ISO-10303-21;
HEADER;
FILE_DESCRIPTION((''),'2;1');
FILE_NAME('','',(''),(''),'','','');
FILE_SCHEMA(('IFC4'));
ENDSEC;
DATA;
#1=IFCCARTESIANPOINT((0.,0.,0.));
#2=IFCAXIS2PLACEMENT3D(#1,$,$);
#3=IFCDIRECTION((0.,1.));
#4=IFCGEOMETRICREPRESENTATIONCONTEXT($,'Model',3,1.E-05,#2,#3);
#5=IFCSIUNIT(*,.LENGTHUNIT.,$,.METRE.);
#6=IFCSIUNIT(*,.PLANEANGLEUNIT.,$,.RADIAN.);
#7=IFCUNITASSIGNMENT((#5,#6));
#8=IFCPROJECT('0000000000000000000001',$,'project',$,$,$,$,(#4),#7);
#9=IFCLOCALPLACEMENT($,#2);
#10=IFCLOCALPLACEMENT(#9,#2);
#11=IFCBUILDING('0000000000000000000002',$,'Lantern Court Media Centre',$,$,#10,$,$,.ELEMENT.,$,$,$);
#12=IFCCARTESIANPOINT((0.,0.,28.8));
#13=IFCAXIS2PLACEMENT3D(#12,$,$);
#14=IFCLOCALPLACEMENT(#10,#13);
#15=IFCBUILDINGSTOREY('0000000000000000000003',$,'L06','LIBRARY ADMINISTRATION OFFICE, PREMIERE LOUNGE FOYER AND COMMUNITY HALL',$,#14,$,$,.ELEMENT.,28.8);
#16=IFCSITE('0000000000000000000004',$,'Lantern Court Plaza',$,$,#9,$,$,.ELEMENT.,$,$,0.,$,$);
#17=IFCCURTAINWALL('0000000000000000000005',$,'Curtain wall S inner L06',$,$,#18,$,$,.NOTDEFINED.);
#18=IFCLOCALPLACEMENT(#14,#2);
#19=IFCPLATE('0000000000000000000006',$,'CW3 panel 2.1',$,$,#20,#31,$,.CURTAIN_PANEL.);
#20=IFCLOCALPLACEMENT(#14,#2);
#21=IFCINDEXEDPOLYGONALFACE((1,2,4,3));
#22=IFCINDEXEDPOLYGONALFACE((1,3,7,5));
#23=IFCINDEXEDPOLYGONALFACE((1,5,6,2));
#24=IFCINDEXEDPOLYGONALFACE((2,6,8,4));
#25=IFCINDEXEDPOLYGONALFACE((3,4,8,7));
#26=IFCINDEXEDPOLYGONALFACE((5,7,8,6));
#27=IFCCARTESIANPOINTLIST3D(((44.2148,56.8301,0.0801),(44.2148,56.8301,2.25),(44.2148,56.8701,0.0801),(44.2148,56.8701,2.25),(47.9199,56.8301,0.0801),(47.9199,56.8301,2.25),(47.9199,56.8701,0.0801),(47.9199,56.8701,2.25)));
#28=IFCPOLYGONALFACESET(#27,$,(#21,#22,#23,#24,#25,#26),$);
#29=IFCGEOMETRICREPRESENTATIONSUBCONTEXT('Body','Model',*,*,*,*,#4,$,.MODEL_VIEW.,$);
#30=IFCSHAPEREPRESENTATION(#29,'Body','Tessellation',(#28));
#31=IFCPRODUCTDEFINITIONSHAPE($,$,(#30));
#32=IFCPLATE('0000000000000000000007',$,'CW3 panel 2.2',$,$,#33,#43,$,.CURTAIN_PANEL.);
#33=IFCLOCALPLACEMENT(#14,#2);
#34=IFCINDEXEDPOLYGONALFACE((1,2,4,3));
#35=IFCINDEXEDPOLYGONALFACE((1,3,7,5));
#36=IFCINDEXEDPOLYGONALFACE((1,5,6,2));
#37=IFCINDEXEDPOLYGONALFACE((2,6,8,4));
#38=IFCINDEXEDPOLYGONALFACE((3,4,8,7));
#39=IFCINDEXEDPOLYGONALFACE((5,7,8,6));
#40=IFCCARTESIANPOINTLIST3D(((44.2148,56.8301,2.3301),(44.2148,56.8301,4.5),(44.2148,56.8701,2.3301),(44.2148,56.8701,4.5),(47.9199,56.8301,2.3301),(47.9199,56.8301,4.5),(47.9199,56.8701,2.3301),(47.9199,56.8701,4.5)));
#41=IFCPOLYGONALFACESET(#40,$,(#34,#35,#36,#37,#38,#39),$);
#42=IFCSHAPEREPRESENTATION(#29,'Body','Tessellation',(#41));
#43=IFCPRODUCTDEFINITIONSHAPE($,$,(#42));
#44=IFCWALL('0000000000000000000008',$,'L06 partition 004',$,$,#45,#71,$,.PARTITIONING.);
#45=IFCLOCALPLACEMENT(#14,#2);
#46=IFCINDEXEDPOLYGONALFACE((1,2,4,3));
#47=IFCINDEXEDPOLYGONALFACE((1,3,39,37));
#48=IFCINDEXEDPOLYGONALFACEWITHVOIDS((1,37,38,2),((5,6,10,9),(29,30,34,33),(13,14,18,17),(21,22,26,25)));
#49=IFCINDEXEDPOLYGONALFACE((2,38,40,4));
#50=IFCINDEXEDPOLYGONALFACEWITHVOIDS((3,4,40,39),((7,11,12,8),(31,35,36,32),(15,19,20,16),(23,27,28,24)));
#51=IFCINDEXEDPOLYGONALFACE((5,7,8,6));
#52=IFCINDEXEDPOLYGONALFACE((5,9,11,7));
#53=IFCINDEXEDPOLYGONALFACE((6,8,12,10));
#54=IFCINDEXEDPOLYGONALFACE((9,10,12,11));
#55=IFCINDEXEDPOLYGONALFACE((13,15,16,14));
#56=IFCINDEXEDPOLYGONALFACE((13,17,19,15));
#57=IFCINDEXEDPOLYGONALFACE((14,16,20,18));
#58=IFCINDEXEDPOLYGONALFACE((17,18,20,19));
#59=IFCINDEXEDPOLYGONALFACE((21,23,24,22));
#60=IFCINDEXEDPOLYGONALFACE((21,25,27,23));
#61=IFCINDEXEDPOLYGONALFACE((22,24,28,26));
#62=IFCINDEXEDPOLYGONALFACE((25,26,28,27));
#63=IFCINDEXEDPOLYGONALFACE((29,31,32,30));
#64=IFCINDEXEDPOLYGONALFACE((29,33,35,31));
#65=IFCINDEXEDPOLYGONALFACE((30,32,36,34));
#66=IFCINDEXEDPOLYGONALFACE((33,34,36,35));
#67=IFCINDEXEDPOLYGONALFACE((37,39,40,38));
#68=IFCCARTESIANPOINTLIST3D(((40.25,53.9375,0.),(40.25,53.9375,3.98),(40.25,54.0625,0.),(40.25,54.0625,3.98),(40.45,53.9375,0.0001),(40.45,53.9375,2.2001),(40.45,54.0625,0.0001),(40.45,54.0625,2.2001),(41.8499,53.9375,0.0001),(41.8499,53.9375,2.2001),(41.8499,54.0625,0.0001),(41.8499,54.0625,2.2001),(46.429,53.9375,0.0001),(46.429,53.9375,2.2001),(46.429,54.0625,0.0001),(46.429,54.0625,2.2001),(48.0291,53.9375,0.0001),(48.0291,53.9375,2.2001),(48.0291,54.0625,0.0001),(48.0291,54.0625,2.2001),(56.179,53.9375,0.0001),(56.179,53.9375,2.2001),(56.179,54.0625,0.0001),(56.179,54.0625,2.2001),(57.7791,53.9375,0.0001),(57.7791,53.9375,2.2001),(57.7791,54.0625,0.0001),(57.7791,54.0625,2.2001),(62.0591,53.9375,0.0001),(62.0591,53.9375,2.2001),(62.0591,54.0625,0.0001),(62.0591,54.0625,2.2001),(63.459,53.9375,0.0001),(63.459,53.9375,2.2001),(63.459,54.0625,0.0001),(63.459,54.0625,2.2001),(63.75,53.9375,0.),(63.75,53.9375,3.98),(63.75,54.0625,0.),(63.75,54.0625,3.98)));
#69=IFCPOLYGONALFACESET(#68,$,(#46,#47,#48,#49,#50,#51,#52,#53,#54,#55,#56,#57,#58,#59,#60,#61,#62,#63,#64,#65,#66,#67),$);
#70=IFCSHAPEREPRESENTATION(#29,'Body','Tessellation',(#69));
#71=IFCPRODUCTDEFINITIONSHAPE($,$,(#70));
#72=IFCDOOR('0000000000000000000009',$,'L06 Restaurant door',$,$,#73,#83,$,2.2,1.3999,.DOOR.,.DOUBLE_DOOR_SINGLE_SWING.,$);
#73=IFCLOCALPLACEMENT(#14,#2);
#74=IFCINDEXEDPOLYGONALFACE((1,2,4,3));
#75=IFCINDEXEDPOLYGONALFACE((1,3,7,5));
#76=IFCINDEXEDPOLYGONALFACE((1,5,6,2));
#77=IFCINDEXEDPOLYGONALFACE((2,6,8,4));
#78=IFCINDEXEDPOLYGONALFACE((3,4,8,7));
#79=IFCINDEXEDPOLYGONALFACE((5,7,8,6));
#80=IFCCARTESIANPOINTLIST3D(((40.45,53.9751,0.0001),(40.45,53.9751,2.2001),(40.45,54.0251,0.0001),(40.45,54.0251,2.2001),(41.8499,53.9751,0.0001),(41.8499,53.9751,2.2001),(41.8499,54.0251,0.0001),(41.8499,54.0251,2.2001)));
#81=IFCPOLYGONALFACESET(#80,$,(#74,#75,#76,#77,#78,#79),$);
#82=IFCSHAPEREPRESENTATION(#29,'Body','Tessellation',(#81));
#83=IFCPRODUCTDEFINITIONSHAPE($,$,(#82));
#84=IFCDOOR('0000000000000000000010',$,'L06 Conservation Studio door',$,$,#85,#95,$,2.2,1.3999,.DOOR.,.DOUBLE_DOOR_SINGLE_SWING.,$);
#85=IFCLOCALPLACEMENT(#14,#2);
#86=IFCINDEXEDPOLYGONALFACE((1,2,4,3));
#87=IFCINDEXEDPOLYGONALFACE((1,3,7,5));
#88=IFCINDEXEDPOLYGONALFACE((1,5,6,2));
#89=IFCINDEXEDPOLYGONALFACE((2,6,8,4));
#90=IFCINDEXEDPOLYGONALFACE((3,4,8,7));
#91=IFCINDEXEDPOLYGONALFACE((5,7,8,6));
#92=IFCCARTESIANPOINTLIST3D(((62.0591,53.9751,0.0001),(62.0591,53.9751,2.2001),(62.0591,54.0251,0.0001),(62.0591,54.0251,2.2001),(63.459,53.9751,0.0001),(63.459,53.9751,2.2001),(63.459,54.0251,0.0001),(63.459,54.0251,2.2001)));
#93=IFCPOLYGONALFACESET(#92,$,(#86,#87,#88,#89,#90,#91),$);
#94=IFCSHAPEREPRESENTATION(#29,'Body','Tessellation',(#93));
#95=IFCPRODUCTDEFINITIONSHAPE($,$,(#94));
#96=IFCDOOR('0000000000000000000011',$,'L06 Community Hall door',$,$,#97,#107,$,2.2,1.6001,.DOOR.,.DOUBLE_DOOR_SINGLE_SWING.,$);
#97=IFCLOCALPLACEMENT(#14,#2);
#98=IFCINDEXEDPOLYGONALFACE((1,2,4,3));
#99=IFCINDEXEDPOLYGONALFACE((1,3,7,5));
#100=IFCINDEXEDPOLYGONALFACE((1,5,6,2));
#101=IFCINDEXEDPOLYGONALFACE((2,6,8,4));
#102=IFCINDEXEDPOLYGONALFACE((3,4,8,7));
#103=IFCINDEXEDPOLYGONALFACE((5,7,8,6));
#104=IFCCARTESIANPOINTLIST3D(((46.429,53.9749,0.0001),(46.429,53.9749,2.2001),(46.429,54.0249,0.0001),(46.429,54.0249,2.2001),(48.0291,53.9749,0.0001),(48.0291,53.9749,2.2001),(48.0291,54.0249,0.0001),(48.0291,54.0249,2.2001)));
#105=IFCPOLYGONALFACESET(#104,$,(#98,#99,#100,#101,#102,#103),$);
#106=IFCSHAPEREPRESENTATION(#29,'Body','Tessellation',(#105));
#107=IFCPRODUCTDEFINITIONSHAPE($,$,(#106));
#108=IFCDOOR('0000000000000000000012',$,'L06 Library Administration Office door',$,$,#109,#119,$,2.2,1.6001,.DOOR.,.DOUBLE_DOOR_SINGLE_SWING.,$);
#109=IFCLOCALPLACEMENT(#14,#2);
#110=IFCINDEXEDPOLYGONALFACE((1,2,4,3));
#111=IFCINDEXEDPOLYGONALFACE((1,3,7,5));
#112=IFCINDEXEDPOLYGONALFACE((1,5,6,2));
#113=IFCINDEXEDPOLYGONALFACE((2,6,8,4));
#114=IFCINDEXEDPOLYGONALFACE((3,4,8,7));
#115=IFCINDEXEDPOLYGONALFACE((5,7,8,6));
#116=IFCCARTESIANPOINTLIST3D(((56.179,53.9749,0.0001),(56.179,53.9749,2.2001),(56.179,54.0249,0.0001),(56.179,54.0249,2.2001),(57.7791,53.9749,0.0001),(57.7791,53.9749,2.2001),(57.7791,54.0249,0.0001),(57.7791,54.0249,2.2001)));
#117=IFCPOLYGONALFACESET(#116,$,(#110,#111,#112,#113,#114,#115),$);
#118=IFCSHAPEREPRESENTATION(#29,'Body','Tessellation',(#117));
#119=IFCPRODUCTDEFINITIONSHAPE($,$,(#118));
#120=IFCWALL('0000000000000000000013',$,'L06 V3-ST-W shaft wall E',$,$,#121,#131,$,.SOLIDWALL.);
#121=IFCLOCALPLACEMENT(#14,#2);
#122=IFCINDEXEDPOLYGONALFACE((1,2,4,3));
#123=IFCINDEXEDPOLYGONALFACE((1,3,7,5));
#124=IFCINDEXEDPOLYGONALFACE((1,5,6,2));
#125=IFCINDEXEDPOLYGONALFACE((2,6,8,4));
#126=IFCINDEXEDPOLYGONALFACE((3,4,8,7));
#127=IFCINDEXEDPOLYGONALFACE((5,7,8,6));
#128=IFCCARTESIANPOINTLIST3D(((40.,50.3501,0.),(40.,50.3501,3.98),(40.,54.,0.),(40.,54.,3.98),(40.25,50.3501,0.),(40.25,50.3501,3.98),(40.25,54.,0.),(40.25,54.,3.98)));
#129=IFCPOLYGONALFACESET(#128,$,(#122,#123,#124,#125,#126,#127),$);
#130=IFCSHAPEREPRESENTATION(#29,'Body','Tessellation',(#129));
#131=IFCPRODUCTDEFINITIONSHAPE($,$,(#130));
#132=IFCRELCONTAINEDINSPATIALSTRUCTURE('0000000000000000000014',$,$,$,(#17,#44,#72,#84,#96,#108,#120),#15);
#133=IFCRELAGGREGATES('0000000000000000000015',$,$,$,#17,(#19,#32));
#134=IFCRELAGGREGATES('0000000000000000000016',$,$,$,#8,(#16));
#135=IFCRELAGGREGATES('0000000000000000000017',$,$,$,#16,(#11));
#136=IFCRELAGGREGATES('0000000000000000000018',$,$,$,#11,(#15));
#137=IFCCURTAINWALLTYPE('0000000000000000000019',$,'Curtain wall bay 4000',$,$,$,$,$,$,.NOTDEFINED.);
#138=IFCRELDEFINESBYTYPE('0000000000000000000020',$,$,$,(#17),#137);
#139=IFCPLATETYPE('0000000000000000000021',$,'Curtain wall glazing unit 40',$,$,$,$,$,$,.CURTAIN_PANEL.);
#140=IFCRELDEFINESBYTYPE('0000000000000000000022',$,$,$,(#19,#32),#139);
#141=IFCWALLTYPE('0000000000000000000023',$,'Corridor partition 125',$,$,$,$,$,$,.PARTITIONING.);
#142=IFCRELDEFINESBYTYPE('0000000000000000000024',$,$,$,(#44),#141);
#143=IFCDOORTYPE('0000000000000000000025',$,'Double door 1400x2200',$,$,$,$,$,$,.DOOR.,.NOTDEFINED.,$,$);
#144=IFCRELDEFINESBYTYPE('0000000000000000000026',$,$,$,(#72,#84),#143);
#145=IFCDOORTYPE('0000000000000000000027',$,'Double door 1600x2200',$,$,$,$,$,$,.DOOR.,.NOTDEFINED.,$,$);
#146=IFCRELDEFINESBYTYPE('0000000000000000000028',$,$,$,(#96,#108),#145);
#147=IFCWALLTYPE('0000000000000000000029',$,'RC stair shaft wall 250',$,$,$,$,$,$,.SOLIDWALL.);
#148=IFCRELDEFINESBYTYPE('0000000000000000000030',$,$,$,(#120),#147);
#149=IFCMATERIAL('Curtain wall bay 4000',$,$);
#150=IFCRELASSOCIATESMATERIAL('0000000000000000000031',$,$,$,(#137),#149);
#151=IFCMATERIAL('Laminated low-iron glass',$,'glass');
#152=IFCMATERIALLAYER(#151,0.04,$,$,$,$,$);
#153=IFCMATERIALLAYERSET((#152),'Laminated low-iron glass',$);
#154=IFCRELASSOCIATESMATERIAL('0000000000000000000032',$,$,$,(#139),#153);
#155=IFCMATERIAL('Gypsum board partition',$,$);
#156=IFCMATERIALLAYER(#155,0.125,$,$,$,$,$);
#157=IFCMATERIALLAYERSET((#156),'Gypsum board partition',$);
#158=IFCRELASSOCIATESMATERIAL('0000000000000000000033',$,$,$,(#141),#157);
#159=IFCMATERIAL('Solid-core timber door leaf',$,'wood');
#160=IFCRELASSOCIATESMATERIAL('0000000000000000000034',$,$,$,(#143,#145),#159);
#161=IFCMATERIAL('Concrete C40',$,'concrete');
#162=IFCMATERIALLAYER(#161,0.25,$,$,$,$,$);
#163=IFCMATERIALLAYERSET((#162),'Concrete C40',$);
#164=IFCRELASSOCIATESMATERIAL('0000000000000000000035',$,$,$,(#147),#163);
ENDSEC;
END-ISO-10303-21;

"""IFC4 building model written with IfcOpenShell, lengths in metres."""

from ifc_helpers import new_model, si_unit, direction, frame, frame_2d, origin, origin_2d, place, context, subcontext, project, spatial, rectangle, extrude, material, layer, layer_set, type_object, element, fill, aggregate, save


model = new_model("IFC4")

# Units and contexts
model_context = context("Model", 3, precision=1e-05, world=origin(), true_north=direction((0.0, 1.0)))
body_context = subcontext(model_context, "Body", "Model", "MODEL_VIEW")
ifc_project = project(units=[si_unit("LENGTHUNIT", "METRE"), si_unit("PLANEANGLEUNIT", "RADIAN")], contexts=[model_context])

# Site, building, storey
site_placement = place(None, origin())
site = spatial("IfcSite", under=ifc_project, at=site_placement, Name="Lantern Court Plaza", CompositionType="ELEMENT", RefElevation=0.0)
building_placement = place(site_placement, origin())
building = spatial("IfcBuilding", under=site, at=building_placement, Name="Lantern Court Media Centre", CompositionType="ELEMENT")
storey_placement = place(building_placement, frame((0.0, 0.0, 28.8)))
storey = spatial("IfcBuildingStorey", under=building, at=storey_placement, Name="L06", Description="LIBRARY ADMINISTRATION OFFICE, PREMIERE LOUNGE FOYER AND COMMUNITY HALL", CompositionType="ELEMENT", Elevation=28.8)

# Curtain wall
ifc_material_1 = material(Name="Curtain wall bay 4000")
curtain_wall_type = type_object("IfcCurtainWallType", Name="Curtain wall bay 4000", PredefinedType="NOTDEFINED", material=ifc_material_1)
curtain_wall_placement = place(storey_placement, origin())
curtain_wall = element("IfcCurtainWall", 1, at=curtain_wall_placement, inside=storey, type_object=curtain_wall_type, Name="Curtain wall S inner L06", PredefinedType="NOTDEFINED")

# Plates
ifc_material_2 = material(Name="Laminated low-iron glass", Category="glass")
ifc_layer_1 = layer(ifc_material_2, 0.04)
ifc_layer_set_1 = layer_set([ifc_layer_1], Name="Laminated low-iron glass")
plate_type = type_object("IfcPlateType", Name="Curtain wall glazing unit 40", PredefinedType="CURTAIN_PANEL", material=ifc_layer_set_1)
plate_1_placement = place(storey_placement, frame((46.0674, 56.8501, 0.0801), z_axis=(0.0, 0.0, 1.0), x_axis=(1.0, 0.0, 0.0)))
plate_1 = element("IfcPlate", 2, at=plate_1_placement, type_object=plate_type, Name="CW3 panel 2.1", PredefinedType="CURTAIN_PANEL", context=body_context, shape_type="SweptSolid", body=[
    extrude(rectangle(XDim=3.7051, YDim=0.04, at=origin_2d()), origin(), (0.0, 0.0, 1.0), 2.1699),
])
plate_2_placement = place(storey_placement, frame((46.0674, 56.8501, 2.3301), z_axis=(0.0, 0.0, 1.0), x_axis=(1.0, 0.0, 0.0)))
plate_2 = element("IfcPlate", 3, at=plate_2_placement, type_object=plate_type, Name="CW3 panel 2.2", PredefinedType="CURTAIN_PANEL", context=body_context, shape_type="SweptSolid", body=[
    extrude(rectangle(XDim=3.7051, YDim=0.04, at=origin_2d()), origin(), (0.0, 0.0, 1.0), 2.1699),
])
aggregate(curtain_wall, [plate_1, plate_2])

# Wall, openings, doors
ifc_material_3 = material(Name="Gypsum board partition")
ifc_layer_2 = layer(ifc_material_3, 0.125)
ifc_layer_set_2 = layer_set([ifc_layer_2], Name="Gypsum board partition")
wall_type_1 = type_object("IfcWallType", Name="Corridor partition 125", PredefinedType="PARTITIONING", material=ifc_layer_set_2)
wall_1_placement = place(storey_placement, frame((40.25, 54.0, 0.0), z_axis=(0.0, 0.0, 1.0), x_axis=(1.0, 0.0, 0.0)))
wall_1 = element("IfcWall", 4, at=wall_1_placement, inside=storey, type_object=wall_type_1, Name="L06 partition 004", PredefinedType="PARTITIONING", context=body_context, shape_type="SweptSolid", body=[
    extrude(rectangle(XDim=23.5, YDim=0.125, at=frame_2d((11.75, 0.0))), origin(), (0.0, 0.0, 1.0), 3.98),
])
opening_1_placement = place(wall_1_placement, frame((0.2, 0.0, 0.0)))
opening_1 = element("IfcOpeningElement", 5, at=opening_1_placement, cuts=wall_1, PredefinedType="OPENING", context=body_context, shape_type="SweptSolid", body=[
    extrude(rectangle(XDim=1.3999, YDim=2.2, at=frame_2d((0.7, 1.1001))), frame((0.0, 0.0725, 0.0), z_axis=(0.0, -1.0, 0.0), x_axis=(1.0, 0.0, 0.0)), (0.0, 0.0, 1.0), 0.145),
])
opening_2_placement = place(wall_1_placement, frame((6.179, 0.0, 0.0)))
opening_2 = element("IfcOpeningElement", 6, at=opening_2_placement, cuts=wall_1, PredefinedType="OPENING", context=body_context, shape_type="SweptSolid", body=[
    extrude(rectangle(XDim=1.6001, YDim=2.2, at=frame_2d((0.8, 1.1001))), frame((0.0, 0.0725, 0.0), z_axis=(0.0, -1.0, 0.0), x_axis=(1.0, 0.0, 0.0)), (0.0, 0.0, 1.0), 0.145),
])
opening_3_placement = place(wall_1_placement, frame((15.929, 0.0, 0.0)))
opening_3 = element("IfcOpeningElement", 7, at=opening_3_placement, cuts=wall_1, PredefinedType="OPENING", context=body_context, shape_type="SweptSolid", body=[
    extrude(rectangle(XDim=1.6001, YDim=2.2, at=frame_2d((0.8, 1.1001))), frame((0.0, 0.0725, 0.0), z_axis=(0.0, -1.0, 0.0), x_axis=(1.0, 0.0, 0.0)), (0.0, 0.0, 1.0), 0.145),
])
opening_4_placement = place(wall_1_placement, frame((21.8091, 0.0, 0.0)))
opening_4 = element("IfcOpeningElement", 8, at=opening_4_placement, cuts=wall_1, PredefinedType="OPENING", context=body_context, shape_type="SweptSolid", body=[
    extrude(rectangle(XDim=1.3999, YDim=2.2, at=frame_2d((0.7, 1.1001))), frame((0.0, 0.0725, 0.0), z_axis=(0.0, -1.0, 0.0), x_axis=(1.0, 0.0, 0.0)), (0.0, 0.0, 1.0), 0.145),
])
ifc_material_4 = material(Name="Solid-core timber door leaf", Category="wood")
door_type_1 = type_object("IfcDoorType", Name="Double door 1400x2200", OperationType="NOTDEFINED", PredefinedType="DOOR", material=ifc_material_4)
door_1_placement = place(opening_1_placement, frame((1.3999, 0.0, 0.0), z_axis=(0.0, 0.0, 1.0), x_axis=(-1.0, 0.0, 0.0)))
door_1 = element("IfcDoor", 9, at=door_1_placement, inside=storey, type_object=door_type_1, Name="L06 Restaurant door", OperationType="DOUBLE_DOOR_SINGLE_SWING", OverallHeight=2.2, OverallWidth=1.3999, PredefinedType="DOOR", context=body_context, shape_type="SweptSolid", body=[
    extrude(rectangle(XDim=1.3999, YDim=2.2, at=frame_2d((0.7, 1.1001))), frame((0.0, 0.0249, 0.0), z_axis=(0.0, -1.0, 0.0), x_axis=(1.0, 0.0, 0.0)), (0.0, 0.0, 1.0), 0.05),
])
fill(opening_1, door_1)
door_2_placement = place(opening_4_placement, frame((1.3999, 0.0, 0.0), z_axis=(0.0, 0.0, 1.0), x_axis=(-1.0, 0.0, 0.0)))
door_2 = element("IfcDoor", 10, at=door_2_placement, inside=storey, type_object=door_type_1, Name="L06 Conservation Studio door", OperationType="DOUBLE_DOOR_SINGLE_SWING", OverallHeight=2.2, OverallWidth=1.3999, PredefinedType="DOOR", context=body_context, shape_type="SweptSolid", body=[
    extrude(rectangle(XDim=1.3999, YDim=2.2, at=frame_2d((0.7, 1.1001))), frame((0.0, 0.0249, 0.0), z_axis=(0.0, -1.0, 0.0), x_axis=(1.0, 0.0, 0.0)), (0.0, 0.0, 1.0), 0.05),
])
fill(opening_4, door_2)
door_type_2 = type_object("IfcDoorType", Name="Double door 1600x2200", OperationType="NOTDEFINED", PredefinedType="DOOR", material=ifc_material_4)
door_3_placement = place(opening_2_placement, origin())
door_3 = element("IfcDoor", 11, at=door_3_placement, inside=storey, type_object=door_type_2, Name="L06 Community Hall door", OperationType="DOUBLE_DOOR_SINGLE_SWING", OverallHeight=2.2, OverallWidth=1.6001, PredefinedType="DOOR", context=body_context, shape_type="SweptSolid", body=[
    extrude(rectangle(XDim=1.6001, YDim=2.2, at=frame_2d((0.8, 1.1001))), frame((0.0, 0.0249, 0.0), z_axis=(0.0, -1.0, 0.0), x_axis=(1.0, 0.0, 0.0)), (0.0, 0.0, 1.0), 0.05),
])
fill(opening_2, door_3)
door_4_placement = place(opening_3_placement, origin())
door_4 = element("IfcDoor", 12, at=door_4_placement, inside=storey, type_object=door_type_2, Name="L06 Library Administration Office door", OperationType="DOUBLE_DOOR_SINGLE_SWING", OverallHeight=2.2, OverallWidth=1.6001, PredefinedType="DOOR", context=body_context, shape_type="SweptSolid", body=[
    extrude(rectangle(XDim=1.6001, YDim=2.2, at=frame_2d((0.8, 1.1001))), frame((0.0, 0.0249, 0.0), z_axis=(0.0, -1.0, 0.0), x_axis=(1.0, 0.0, 0.0)), (0.0, 0.0, 1.0), 0.05),
])
fill(opening_3, door_4)

# Wall
ifc_material_5 = material(Name="Concrete C40", Category="concrete")
ifc_layer_3 = layer(ifc_material_5, 0.25)
ifc_layer_set_3 = layer_set([ifc_layer_3], Name="Concrete C40")
wall_type_2 = type_object("IfcWallType", Name="RC stair shaft wall 250", PredefinedType="SOLIDWALL", material=ifc_layer_set_3)
wall_2_placement = place(storey_placement, frame((40.125, 50.3501, 0.0), z_axis=(0.0, 0.0, 1.0), x_axis=(0.0, 1.0, 0.0)))
element("IfcWall", 13, at=wall_2_placement, inside=storey, type_object=wall_type_2, Name="L06 V3-ST-W shaft wall E", PredefinedType="SOLIDWALL", context=body_context, shape_type="SweptSolid", body=[
    extrude(rectangle(XDim=3.6499, YDim=0.25, at=frame_2d((1.825, 0.0))), origin(), (0.0, 0.0, 1.0), 3.98),
])

save(model, "model.ifc")
